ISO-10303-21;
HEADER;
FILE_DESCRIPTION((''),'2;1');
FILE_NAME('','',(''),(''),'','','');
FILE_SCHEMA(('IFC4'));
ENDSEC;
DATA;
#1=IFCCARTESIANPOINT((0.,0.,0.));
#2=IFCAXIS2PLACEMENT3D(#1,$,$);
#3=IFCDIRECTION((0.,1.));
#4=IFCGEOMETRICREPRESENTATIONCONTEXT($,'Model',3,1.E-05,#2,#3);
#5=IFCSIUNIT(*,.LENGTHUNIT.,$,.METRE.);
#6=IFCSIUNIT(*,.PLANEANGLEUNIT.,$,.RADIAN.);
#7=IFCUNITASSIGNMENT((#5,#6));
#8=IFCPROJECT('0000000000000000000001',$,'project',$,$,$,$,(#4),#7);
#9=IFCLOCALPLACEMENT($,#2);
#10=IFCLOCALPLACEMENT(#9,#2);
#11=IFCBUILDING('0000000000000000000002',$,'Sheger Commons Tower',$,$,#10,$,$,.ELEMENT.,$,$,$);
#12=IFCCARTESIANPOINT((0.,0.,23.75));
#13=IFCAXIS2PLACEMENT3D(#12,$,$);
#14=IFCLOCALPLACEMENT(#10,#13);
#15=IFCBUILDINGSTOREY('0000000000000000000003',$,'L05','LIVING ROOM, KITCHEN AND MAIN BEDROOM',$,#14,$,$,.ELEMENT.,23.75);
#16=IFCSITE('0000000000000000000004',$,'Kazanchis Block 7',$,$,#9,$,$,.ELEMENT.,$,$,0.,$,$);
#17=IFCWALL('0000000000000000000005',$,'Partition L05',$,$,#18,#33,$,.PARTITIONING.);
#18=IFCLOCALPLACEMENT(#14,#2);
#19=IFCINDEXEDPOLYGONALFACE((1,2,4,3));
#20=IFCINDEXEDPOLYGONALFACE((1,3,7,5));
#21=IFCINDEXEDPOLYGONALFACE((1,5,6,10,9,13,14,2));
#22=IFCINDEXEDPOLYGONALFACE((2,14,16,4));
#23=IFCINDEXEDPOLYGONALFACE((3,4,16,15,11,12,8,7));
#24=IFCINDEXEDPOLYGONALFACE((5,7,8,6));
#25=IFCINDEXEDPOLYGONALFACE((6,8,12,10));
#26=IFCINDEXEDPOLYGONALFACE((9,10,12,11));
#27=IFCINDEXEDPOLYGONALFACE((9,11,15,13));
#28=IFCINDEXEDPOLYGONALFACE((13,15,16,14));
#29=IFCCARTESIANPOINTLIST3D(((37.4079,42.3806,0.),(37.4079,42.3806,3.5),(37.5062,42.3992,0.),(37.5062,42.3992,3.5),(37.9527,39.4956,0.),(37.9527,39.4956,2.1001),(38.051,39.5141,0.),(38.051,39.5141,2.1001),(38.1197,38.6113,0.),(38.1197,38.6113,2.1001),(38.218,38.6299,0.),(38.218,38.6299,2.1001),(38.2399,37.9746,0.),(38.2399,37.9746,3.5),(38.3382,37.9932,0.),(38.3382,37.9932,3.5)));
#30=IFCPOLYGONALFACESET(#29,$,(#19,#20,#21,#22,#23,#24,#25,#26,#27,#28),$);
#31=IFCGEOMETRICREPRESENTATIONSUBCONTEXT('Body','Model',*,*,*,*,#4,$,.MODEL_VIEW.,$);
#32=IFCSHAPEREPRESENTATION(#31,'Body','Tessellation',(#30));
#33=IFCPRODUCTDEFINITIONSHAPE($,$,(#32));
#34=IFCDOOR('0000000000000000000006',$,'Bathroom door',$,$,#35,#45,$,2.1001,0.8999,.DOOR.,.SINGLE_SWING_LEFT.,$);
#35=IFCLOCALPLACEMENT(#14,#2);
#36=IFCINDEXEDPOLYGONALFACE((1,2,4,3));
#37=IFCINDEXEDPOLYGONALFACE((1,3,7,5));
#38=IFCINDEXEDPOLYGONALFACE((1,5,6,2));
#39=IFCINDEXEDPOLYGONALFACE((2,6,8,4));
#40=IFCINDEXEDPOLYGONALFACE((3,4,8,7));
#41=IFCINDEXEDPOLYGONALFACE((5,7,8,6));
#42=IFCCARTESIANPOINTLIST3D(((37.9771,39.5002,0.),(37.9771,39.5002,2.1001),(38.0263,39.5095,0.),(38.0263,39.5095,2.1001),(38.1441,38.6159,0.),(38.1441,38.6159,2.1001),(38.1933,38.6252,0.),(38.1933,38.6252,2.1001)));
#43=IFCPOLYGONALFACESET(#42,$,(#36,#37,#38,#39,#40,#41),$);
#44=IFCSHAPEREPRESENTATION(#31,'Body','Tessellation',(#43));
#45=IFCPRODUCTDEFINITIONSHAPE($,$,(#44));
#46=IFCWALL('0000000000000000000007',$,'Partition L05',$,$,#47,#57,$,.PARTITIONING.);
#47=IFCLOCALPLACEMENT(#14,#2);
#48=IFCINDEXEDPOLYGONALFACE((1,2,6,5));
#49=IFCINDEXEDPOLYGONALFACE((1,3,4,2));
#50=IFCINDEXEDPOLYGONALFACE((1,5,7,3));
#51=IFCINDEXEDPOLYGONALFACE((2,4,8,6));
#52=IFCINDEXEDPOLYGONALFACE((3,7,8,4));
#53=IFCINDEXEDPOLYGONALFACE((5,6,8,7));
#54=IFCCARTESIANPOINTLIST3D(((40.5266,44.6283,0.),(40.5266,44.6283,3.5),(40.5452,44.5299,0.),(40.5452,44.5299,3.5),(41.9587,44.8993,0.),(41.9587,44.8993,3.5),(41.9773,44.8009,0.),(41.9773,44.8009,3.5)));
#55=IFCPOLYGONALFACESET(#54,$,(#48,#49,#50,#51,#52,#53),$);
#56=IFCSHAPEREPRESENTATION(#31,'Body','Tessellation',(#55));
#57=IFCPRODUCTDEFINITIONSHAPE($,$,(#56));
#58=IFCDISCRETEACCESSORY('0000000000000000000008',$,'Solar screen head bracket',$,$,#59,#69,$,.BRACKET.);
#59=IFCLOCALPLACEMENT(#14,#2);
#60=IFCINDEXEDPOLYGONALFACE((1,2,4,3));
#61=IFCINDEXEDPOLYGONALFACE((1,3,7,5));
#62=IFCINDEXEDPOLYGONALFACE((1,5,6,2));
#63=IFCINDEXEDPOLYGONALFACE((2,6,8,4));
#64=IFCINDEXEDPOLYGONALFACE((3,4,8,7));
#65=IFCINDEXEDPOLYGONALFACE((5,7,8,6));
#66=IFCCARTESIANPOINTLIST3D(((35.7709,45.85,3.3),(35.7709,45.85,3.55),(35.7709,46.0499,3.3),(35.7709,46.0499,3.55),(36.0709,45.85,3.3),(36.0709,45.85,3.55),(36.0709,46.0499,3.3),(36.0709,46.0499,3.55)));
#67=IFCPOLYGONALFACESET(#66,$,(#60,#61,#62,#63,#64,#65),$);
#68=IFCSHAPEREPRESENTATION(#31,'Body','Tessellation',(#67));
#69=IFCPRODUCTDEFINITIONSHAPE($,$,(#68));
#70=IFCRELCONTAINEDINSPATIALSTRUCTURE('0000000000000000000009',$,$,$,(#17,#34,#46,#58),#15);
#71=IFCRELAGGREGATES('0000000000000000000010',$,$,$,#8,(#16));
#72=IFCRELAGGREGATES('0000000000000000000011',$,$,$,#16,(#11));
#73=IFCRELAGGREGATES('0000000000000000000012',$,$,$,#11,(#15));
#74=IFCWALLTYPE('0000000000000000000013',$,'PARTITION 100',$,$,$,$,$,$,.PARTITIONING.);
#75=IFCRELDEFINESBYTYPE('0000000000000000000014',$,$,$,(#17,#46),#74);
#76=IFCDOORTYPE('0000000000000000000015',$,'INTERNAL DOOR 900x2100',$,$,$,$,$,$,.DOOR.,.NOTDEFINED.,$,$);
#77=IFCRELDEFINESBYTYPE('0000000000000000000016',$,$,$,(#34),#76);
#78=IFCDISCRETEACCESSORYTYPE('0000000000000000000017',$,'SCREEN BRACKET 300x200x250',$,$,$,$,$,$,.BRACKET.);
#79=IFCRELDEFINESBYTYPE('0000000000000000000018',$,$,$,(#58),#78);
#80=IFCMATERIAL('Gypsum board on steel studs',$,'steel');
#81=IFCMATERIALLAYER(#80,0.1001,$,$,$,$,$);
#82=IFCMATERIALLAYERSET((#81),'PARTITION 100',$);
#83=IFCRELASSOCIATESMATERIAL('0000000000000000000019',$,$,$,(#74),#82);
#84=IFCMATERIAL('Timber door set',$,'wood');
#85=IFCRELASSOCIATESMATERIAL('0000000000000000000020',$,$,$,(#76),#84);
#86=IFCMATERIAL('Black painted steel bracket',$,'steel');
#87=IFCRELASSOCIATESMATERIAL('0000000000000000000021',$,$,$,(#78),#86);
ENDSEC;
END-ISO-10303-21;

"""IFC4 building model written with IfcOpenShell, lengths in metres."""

from ifc_helpers import new_model, si_unit, direction, frame, frame_2d, origin, origin_2d, place, context, subcontext, project, spatial, rectangle, extrude, material, layer, layer_set, type_object, element, fill, save


model = new_model("IFC4")

# Units and contexts
model_context = context("Model", 3, precision=1e-05, world=origin(), true_north=direction((0.0, 1.0)))
body_context = subcontext(model_context, "Body", "Model", "MODEL_VIEW")
ifc_project = project(units=[si_unit("LENGTHUNIT", "METRE"), si_unit("PLANEANGLEUNIT", "RADIAN")], contexts=[model_context])

# Site, building, storey
site_placement = place(None, origin())
site = spatial("IfcSite", under=ifc_project, at=site_placement, Name="Kazanchis Block 7", CompositionType="ELEMENT", RefElevation=0.0)
building_placement = place(site_placement, origin())
building = spatial("IfcBuilding", under=site, at=building_placement, Name="Sheger Commons Tower", CompositionType="ELEMENT")
storey_placement = place(building_placement, frame((0.0, 0.0, 23.75)))
storey = spatial("IfcBuildingStorey", under=building, at=storey_placement, Name="L05", Description="LIVING ROOM, KITCHEN AND MAIN BEDROOM", CompositionType="ELEMENT", Elevation=23.75)

# Shared definitions
ifc_material_1 = material(Name="Gypsum board on steel studs", Category="steel")
ifc_layer_1 = layer(ifc_material_1, 0.1001)
ifc_layer_set_1 = layer_set([ifc_layer_1], Name="PARTITION 100")
wall_type_1 = type_object("IfcWallType", Name="PARTITION 100", PredefinedType="PARTITIONING", material=ifc_layer_set_1)

# Wall, opening, door
wall_1_placement = place(storey_placement, frame((37.457, 42.3899, 0.0), z_axis=(0.0, 0.0, 1.0), x_axis=(0.185561, -0.982633, 0.0)))
wall_1 = element("IfcWall", 1, at=wall_1_placement, inside=storey, type_object=wall_type_1, Name="Partition L05", PredefinedType="PARTITIONING", context=body_context, shape_type="SweptSolid", body=[
    extrude(rectangle(XDim=4.4839, YDim=0.1001, at=frame_2d((2.2419, 0.0))), origin(), (0.0, 0.0, 1.0), 3.5),
])
opening_1_placement = place(wall_1_placement, frame((2.936, 0.0, 0.0)))
opening_1 = element("IfcOpeningElement", 2, at=opening_1_placement, cuts=wall_1, PredefinedType="OPENING", context=body_context, shape_type="SweptSolid", body=[
    extrude(rectangle(XDim=0.8999, YDim=2.1001, at=frame_2d((0.45, 1.05))), frame((0.0, 0.0601, 0.0), z_axis=(0.0, -1.0, 0.0), x_axis=(1.0, 0.0, 0.0)), (0.0, 0.0, 1.0), 0.1201),
])
ifc_material_2 = material(Name="Timber door set", Category="wood")
door_type = type_object("IfcDoorType", Name="INTERNAL DOOR 900x2100", OperationType="NOTDEFINED", PredefinedType="DOOR", material=ifc_material_2)
door_placement = place(opening_1_placement, origin())
door = element("IfcDoor", 3, at=door_placement, inside=storey, type_object=door_type, Name="Bathroom door", OperationType="SINGLE_SWING_LEFT", OverallHeight=2.1001, OverallWidth=0.8999, PredefinedType="DOOR", context=body_context, shape_type="SweptSolid", body=[
    extrude(rectangle(XDim=0.8999, YDim=2.1001, at=frame_2d((0.45, 1.05))), frame((0.0, 0.0249, 0.0), z_axis=(0.0, -1.0, 0.0), x_axis=(1.0, 0.0, 0.0)), (0.0, 0.0, 1.0), 0.05),
])
fill(opening_1, door)

# Wall
wall_2_placement = place(storey_placement, frame((41.968, 44.8501, 0.0), z_axis=(0.0, 0.0, 1.0), x_axis=(-0.982564, -0.185927, 0.0)))
element("IfcWall", 4, at=wall_2_placement, inside=storey, type_object=wall_type_1, Name="Partition L05", PredefinedType="PARTITIONING", context=body_context, shape_type="SweptSolid", body=[
    extrude(rectangle(XDim=1.4575, YDim=0.1001, at=frame_2d((0.7288, 0.0))), origin(), (0.0, 0.0, 1.0), 3.5),
])

# Discrete accessory
ifc_material_3 = material(Name="Black painted steel bracket", Category="steel")
discrete_accessory_type = type_object("IfcDiscreteAccessoryType", Name="SCREEN BRACKET 300x200x250", PredefinedType="BRACKET", material=ifc_material_3)
discrete_accessory_placement = place(storey_placement, frame((35.9209, 45.95, 3.3), z_axis=(0.0, 0.0, 1.0), x_axis=(-1.0, 0.0, 0.0)))
element("IfcDiscreteAccessory", 5, at=discrete_accessory_placement, inside=storey, type_object=discrete_accessory_type, Name="Solar screen head bracket", PredefinedType="BRACKET", context=body_context, shape_type="SweptSolid", body=[
    extrude(rectangle(XDim=0.3, YDim=0.2, at=origin_2d()), origin(), (0.0, 0.0, 1.0), 0.25),
])

save(model, "model.ifc")
